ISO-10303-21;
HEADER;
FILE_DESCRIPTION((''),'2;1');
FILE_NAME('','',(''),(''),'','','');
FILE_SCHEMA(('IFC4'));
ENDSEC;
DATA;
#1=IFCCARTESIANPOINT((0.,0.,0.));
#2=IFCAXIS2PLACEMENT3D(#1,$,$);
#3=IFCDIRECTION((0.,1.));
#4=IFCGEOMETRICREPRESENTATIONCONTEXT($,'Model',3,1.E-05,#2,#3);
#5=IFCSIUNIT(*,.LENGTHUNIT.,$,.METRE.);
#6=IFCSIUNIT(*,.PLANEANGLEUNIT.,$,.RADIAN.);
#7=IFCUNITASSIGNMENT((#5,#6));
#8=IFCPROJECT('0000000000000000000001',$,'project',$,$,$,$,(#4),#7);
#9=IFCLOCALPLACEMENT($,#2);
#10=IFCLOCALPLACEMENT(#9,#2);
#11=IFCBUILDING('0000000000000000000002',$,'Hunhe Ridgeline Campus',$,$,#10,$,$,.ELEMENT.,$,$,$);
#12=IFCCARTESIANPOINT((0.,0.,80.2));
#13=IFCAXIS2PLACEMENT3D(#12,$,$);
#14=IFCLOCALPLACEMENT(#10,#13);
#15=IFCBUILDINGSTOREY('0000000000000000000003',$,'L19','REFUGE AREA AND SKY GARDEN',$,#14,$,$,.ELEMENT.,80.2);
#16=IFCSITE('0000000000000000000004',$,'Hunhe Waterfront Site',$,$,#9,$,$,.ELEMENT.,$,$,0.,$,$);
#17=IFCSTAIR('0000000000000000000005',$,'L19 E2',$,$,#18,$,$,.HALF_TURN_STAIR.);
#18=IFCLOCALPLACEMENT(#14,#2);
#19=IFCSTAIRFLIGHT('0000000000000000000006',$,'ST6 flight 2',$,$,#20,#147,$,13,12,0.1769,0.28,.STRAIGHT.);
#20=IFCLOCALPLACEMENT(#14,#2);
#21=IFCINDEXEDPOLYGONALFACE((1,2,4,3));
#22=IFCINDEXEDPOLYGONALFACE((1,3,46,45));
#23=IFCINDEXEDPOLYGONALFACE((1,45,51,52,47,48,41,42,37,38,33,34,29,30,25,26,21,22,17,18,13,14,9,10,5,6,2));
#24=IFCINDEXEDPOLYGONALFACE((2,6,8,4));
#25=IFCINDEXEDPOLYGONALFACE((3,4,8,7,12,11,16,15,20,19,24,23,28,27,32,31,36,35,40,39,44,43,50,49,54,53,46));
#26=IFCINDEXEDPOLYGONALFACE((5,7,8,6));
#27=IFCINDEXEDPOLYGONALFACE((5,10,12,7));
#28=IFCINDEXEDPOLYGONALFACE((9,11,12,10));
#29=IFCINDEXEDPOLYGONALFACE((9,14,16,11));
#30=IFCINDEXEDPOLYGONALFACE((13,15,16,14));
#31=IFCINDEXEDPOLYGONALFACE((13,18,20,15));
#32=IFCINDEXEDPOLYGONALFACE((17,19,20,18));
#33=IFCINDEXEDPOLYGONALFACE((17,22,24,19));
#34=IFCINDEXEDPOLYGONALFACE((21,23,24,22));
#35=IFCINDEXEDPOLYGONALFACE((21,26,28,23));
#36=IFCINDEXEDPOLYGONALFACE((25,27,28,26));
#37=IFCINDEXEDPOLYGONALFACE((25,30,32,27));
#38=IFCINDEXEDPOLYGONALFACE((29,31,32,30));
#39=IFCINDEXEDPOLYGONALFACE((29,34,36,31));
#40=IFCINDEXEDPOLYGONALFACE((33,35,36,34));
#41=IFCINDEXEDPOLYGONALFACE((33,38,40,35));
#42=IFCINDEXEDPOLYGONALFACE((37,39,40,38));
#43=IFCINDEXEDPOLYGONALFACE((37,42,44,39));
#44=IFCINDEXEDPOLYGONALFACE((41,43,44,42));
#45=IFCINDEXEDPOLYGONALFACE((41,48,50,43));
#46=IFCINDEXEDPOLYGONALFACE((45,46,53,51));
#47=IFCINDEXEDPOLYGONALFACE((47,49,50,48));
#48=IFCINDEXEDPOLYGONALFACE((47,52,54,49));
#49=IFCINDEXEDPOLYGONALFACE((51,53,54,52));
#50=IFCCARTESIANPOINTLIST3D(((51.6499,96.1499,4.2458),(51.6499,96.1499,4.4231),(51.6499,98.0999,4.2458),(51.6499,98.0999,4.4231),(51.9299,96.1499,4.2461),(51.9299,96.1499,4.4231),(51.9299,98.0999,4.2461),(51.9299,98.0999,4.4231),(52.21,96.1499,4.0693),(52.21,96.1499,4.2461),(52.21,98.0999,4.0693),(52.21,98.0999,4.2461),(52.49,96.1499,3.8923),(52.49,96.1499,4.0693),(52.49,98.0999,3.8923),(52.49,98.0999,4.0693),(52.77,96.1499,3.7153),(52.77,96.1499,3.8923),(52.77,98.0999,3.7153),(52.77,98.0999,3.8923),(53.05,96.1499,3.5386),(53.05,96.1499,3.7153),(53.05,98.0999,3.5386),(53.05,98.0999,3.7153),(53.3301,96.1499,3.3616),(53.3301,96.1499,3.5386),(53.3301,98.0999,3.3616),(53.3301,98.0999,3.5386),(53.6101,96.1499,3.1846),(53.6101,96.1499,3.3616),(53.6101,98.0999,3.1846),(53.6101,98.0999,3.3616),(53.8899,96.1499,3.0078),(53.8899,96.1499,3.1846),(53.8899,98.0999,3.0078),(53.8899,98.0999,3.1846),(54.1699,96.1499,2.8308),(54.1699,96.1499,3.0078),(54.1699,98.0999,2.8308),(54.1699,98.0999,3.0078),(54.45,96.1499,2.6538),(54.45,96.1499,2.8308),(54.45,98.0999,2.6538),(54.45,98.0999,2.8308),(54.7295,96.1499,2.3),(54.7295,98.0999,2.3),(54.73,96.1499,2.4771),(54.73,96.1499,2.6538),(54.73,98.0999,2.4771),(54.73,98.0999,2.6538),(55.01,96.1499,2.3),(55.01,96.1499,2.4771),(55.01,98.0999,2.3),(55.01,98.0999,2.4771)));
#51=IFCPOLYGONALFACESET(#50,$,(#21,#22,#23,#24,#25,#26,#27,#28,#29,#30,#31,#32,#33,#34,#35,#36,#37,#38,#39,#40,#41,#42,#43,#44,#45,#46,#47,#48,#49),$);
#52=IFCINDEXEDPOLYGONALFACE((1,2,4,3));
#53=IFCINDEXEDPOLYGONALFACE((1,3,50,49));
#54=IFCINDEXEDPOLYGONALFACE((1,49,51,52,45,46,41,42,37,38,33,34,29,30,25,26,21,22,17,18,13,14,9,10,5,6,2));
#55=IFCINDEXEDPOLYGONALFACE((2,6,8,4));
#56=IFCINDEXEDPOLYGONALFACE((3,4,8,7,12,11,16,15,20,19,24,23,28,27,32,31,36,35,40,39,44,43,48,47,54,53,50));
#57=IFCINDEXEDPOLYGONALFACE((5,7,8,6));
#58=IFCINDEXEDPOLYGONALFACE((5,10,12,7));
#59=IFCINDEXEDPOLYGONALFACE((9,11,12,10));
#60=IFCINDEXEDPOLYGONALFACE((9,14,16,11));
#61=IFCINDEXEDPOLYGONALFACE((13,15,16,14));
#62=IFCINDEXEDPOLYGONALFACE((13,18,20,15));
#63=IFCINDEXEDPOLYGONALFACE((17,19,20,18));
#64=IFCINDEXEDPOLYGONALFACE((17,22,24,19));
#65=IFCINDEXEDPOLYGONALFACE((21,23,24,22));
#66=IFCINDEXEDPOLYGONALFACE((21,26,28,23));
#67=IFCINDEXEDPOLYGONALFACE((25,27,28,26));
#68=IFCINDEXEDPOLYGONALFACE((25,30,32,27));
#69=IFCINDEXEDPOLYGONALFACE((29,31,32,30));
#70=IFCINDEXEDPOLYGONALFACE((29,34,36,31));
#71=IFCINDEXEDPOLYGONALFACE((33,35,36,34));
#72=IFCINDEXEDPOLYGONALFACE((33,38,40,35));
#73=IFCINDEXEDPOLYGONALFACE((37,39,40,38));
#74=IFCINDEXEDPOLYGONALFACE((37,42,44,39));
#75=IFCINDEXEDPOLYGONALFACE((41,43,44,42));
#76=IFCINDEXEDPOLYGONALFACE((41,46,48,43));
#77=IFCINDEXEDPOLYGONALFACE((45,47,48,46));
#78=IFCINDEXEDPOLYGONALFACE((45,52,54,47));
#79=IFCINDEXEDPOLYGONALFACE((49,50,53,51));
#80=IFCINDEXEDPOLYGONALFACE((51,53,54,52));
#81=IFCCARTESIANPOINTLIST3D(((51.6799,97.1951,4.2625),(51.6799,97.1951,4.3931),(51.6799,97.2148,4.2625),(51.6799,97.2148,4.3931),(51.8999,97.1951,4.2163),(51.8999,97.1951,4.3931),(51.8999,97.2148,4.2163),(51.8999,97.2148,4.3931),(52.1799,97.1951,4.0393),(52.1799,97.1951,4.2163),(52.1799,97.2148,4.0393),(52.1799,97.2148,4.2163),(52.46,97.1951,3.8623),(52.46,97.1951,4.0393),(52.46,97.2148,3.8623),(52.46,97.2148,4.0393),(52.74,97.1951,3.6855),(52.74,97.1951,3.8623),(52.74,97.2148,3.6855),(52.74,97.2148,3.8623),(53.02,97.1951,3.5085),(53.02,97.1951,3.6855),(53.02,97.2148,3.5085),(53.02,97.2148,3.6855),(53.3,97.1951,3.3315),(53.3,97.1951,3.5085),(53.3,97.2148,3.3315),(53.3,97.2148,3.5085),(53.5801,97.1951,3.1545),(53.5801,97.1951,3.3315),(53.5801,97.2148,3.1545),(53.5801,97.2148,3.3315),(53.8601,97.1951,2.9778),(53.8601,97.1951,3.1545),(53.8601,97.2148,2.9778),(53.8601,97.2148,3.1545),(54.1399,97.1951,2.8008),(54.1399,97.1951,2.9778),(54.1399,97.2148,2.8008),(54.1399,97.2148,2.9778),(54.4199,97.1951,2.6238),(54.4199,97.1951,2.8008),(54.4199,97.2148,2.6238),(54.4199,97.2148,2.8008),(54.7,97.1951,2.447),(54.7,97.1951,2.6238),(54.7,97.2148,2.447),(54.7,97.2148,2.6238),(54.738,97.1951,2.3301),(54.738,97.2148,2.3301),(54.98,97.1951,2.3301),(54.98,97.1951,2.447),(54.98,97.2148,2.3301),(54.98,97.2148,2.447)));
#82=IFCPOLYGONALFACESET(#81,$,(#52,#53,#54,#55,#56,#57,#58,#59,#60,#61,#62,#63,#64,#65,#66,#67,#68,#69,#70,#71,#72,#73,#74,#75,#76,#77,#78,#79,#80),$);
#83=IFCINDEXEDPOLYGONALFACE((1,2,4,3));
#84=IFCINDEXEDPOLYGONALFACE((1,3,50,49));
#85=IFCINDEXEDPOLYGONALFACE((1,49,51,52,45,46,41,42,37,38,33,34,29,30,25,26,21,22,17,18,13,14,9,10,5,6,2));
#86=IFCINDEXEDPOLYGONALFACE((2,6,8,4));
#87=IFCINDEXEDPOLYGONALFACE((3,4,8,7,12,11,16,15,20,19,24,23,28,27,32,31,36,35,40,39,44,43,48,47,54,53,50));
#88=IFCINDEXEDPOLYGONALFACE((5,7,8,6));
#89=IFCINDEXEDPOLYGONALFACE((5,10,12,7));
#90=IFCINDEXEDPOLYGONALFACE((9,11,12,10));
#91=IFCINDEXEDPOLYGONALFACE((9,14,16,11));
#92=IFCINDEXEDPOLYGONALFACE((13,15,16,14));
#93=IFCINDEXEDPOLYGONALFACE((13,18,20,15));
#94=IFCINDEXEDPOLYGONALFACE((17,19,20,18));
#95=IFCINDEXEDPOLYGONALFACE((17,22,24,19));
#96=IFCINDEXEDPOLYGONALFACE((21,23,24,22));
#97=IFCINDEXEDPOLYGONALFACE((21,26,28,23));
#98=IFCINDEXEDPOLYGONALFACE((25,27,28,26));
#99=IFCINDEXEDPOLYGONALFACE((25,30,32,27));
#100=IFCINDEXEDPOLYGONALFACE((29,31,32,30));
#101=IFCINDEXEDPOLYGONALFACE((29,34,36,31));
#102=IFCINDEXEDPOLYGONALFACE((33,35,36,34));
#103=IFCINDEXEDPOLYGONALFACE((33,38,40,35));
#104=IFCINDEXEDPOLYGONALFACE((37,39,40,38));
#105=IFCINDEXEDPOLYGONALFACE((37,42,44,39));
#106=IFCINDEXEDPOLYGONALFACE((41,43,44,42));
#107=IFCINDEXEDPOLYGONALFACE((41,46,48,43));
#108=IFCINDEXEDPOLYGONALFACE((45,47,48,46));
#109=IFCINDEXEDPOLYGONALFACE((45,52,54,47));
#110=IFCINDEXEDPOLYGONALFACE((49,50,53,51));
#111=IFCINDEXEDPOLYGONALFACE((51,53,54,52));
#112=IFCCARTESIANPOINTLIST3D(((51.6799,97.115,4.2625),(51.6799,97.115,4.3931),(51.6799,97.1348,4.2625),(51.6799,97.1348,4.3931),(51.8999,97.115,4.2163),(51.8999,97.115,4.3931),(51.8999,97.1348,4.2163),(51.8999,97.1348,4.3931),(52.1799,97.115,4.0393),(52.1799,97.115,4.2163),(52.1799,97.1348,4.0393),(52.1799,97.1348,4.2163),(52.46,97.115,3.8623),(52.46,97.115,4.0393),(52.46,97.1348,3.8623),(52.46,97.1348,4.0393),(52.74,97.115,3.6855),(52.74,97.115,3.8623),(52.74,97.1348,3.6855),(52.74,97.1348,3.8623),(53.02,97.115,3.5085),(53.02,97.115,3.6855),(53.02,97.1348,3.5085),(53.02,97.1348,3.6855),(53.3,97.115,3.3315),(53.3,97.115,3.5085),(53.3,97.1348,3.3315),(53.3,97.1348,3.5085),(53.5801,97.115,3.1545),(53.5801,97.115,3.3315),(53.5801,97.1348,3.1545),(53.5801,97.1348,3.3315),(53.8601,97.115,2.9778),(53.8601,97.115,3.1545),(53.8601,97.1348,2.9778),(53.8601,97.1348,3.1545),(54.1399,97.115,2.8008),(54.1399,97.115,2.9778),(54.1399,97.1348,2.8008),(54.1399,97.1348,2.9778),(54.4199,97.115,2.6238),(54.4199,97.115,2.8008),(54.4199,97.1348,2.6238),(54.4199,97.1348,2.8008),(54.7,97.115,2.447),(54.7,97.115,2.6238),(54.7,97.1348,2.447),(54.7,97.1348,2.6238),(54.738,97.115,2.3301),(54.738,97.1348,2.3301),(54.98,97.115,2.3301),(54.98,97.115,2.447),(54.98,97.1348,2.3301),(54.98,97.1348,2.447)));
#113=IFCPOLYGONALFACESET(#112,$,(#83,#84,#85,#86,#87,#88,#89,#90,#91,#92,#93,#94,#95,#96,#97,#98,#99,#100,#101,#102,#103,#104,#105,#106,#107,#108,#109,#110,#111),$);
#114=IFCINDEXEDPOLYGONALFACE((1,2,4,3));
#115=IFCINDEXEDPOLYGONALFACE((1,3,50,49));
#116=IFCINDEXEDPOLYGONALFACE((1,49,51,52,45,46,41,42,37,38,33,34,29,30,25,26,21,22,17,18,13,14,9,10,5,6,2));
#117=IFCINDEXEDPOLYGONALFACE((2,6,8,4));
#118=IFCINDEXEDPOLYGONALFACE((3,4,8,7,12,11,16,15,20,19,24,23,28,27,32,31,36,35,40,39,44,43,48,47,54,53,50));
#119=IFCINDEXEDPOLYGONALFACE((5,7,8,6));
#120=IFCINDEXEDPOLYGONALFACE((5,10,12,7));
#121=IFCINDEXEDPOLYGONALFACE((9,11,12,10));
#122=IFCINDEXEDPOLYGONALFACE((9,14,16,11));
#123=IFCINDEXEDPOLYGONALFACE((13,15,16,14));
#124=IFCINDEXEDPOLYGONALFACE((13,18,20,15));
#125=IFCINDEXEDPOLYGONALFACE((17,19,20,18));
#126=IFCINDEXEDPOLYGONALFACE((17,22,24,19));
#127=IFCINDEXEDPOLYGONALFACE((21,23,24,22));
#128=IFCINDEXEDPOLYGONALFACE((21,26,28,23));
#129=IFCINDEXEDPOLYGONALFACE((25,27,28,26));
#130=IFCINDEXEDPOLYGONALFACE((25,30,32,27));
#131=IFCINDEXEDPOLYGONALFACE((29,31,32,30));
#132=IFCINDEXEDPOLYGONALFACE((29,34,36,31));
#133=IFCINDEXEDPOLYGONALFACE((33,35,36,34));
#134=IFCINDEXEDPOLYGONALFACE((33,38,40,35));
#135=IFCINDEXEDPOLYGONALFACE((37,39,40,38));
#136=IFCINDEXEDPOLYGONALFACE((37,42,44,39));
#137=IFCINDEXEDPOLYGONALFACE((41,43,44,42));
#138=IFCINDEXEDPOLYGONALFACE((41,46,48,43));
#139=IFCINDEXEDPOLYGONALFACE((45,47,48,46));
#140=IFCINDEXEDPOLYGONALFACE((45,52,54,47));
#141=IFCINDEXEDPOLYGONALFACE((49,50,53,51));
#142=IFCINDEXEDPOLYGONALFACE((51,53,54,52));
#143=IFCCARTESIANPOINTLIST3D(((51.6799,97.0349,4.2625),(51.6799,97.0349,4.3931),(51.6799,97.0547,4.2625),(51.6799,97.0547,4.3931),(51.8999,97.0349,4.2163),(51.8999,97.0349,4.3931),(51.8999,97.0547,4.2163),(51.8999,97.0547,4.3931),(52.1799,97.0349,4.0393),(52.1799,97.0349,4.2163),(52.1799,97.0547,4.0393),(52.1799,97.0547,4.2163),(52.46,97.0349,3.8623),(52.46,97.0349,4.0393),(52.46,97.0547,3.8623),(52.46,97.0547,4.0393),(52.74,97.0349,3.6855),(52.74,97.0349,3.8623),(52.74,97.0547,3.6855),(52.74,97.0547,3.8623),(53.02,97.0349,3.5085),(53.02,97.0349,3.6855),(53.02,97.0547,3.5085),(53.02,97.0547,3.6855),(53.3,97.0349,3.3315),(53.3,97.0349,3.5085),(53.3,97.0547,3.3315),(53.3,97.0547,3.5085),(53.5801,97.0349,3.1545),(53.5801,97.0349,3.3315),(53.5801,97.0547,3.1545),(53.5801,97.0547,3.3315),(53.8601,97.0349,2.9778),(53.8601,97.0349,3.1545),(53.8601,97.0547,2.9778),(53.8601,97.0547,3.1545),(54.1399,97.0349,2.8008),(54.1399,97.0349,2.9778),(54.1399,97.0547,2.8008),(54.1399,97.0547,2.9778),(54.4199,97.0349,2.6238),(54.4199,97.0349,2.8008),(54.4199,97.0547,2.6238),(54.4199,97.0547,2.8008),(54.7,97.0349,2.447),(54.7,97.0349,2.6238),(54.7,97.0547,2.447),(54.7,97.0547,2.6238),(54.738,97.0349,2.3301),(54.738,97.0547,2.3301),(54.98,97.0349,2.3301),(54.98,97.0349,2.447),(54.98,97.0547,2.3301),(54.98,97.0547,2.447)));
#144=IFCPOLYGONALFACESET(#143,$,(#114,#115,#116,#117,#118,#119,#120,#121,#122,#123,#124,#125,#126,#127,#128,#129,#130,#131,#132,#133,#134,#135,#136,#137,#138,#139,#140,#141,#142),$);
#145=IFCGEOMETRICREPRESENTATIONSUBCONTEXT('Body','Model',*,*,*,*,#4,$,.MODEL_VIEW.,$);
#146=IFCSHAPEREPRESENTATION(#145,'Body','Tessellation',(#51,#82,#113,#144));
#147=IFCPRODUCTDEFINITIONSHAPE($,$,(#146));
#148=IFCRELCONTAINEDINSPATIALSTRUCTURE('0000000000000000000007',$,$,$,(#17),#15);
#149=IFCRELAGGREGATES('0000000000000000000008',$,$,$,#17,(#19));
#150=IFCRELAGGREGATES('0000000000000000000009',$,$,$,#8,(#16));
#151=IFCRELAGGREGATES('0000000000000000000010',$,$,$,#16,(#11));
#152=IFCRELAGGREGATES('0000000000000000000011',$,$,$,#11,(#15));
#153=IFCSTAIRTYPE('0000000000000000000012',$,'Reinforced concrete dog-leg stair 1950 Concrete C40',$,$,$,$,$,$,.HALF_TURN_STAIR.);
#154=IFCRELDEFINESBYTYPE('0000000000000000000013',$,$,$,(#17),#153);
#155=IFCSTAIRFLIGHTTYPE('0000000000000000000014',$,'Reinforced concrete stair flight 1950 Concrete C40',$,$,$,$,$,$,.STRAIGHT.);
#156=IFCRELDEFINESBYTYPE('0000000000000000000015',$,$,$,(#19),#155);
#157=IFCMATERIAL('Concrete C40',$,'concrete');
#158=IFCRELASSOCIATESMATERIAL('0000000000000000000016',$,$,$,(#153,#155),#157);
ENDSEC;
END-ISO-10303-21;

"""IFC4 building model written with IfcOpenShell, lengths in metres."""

from ifc_helpers import new_model, si_unit, direction, frame, origin, place, context, subcontext, project, spatial, polyline, outline, extrude, material, type_object, element, aggregate, save


model = new_model("IFC4")

# Units and contexts
model_context = context("Model", 3, precision=1e-05, world=origin(), true_north=direction((0.0, 1.0)))
body_context = subcontext(model_context, "Body", "Model", "MODEL_VIEW")
ifc_project = project(units=[si_unit("LENGTHUNIT", "METRE"), si_unit("PLANEANGLEUNIT", "RADIAN")], contexts=[model_context])

# Site, building, storey
site_placement = place(None, origin())
site = spatial("IfcSite", under=ifc_project, at=site_placement, Name="Hunhe Waterfront Site", CompositionType="ELEMENT", RefElevation=0.0)
building_placement = place(site_placement, origin())
building = spatial("IfcBuilding", under=site, at=building_placement, Name="Hunhe Ridgeline Campus", CompositionType="ELEMENT")
storey_placement = place(building_placement, frame((0.0, 0.0, 80.2)))
storey = spatial("IfcBuildingStorey", under=building, at=storey_placement, Name="L19", Description="REFUGE AREA AND SKY GARDEN", CompositionType="ELEMENT", Elevation=80.2)

# Stair, stair flight
ifc_material_1 = material(Name="Concrete C40", Category="concrete")
stair_type = type_object("IfcStairType", Name="Reinforced concrete dog-leg stair 1950 Concrete C40", PredefinedType="HALF_TURN_STAIR", material=ifc_material_1)
stair_placement = place(storey_placement, origin())
stair = element("IfcStair", 1, at=stair_placement, inside=storey, type_object=stair_type, Name="L19 E2", PredefinedType="HALF_TURN_STAIR")
stair_flight_type = type_object("IfcStairFlightType", Name="Reinforced concrete stair flight 1950 Concrete C40", PredefinedType="STRAIGHT", material=ifc_material_1)
stair_flight_placement = place(storey_placement, frame((55.01, 97.125, 2.3), z_axis=(0.0, 0.0, 1.0), x_axis=(-1.0, 0.0, 0.0)))
stair_flight = element("IfcStairFlight", 2, at=stair_flight_placement, type_object=stair_flight_type, Name="ST6 flight 2", NumberOfRisers=13, NumberOfTreads=12, PredefinedType="STRAIGHT", RiserHeight=0.1769, TreadLength=0.28, context=body_context, shape_type="SweptSolid", body=[
    extrude(outline(polyline([(0.0, 0.0), (0.0, 0.177), (0.28, 0.177), (0.28, 0.3538), (0.5601, 0.3538), (0.5601, 0.5308), (0.8401, 0.5308), (0.8401, 0.7078), (1.1201, 0.7078), (1.1201, 0.8845), (1.3999, 0.8845), (1.3999, 1.0615), (1.6799, 1.0615), (1.6799, 1.2385), (1.96, 1.2385), (1.96, 1.4153), (2.24, 1.4153), (2.24, 1.5923), (2.52, 1.5923), (2.52, 1.7693), (2.8, 1.7693), (2.8, 1.946), (3.0801, 1.946), (3.0801, 2.123), (3.3601, 2.123), (3.3601, 2.3), (3.3601, 1.9458), (0.2805, 0.0), (0.0, 0.0)])), frame((0.0, 0.9751, 0.0), z_axis=(0.0, -1.0, 0.0), x_axis=(1.0, 0.0, 0.0)), (0.0, 0.0, 1.0), 1.95),
    extrude(outline(polyline([(0.03, 0.03), (0.03, 0.147), (0.3101, 0.147), (0.3101, 0.3237), (0.5901, 0.3237), (0.5901, 0.5007), (0.8701, 0.5007), (0.8701, 0.6777), (1.1499, 0.6777), (1.1499, 0.8545), (1.4299, 0.8545), (1.4299, 1.0315), (1.71, 1.0315), (1.71, 1.2085), (1.99, 1.2085), (1.99, 1.3855), (2.27, 1.3855), (2.27, 1.5623), (2.55, 1.5623), (2.55, 1.7393), (2.8301, 1.7393), (2.8301, 1.9163), (3.1101, 1.9163), (3.1101, 2.093), (3.3301, 2.093), (3.3301, 1.9624), (0.272, 0.03), (0.03, 0.03)])), frame((0.0, -0.0701, 0.0), z_axis=(0.0, -1.0, 0.0), x_axis=(1.0, 0.0, 0.0)), (0.0, 0.0, 1.0), 0.0198),
    extrude(outline(polyline([(0.03, 0.03), (0.03, 0.147), (0.3101, 0.147), (0.3101, 0.3237), (0.5901, 0.3237), (0.5901, 0.5007), (0.8701, 0.5007), (0.8701, 0.6777), (1.1499, 0.6777), (1.1499, 0.8545), (1.4299, 0.8545), (1.4299, 1.0315), (1.71, 1.0315), (1.71, 1.2085), (1.99, 1.2085), (1.99, 1.3855), (2.27, 1.3855), (2.27, 1.5623), (2.55, 1.5623), (2.55, 1.7393), (2.8301, 1.7393), (2.8301, 1.9163), (3.1101, 1.9163), (3.1101, 2.093), (3.3301, 2.093), (3.3301, 1.9624), (0.272, 0.03), (0.03, 0.03)])), frame((0.0, 0.01, 0.0), z_axis=(0.0, -1.0, 0.0), x_axis=(1.0, 0.0, 0.0)), (0.0, 0.0, 1.0), 0.0198),
    extrude(outline(polyline([(0.03, 0.03), (0.03, 0.147), (0.3101, 0.147), (0.3101, 0.3237), (0.5901, 0.3237), (0.5901, 0.5007), (0.8701, 0.5007), (0.8701, 0.6777), (1.1499, 0.6777), (1.1499, 0.8545), (1.4299, 0.8545), (1.4299, 1.0315), (1.71, 1.0315), (1.71, 1.2085), (1.99, 1.2085), (1.99, 1.3855), (2.27, 1.3855), (2.27, 1.5623), (2.55, 1.5623), (2.55, 1.7393), (2.8301, 1.7393), (2.8301, 1.9163), (3.1101, 1.9163), (3.1101, 2.093), (3.3301, 2.093), (3.3301, 1.9624), (0.272, 0.03), (0.03, 0.03)])), frame((0.0, 0.0901, 0.0), z_axis=(0.0, -1.0, 0.0), x_axis=(1.0, 0.0, 0.0)), (0.0, 0.0, 1.0), 0.0198),
])
aggregate(stair, [stair_flight])

save(model, "model.ifc")
